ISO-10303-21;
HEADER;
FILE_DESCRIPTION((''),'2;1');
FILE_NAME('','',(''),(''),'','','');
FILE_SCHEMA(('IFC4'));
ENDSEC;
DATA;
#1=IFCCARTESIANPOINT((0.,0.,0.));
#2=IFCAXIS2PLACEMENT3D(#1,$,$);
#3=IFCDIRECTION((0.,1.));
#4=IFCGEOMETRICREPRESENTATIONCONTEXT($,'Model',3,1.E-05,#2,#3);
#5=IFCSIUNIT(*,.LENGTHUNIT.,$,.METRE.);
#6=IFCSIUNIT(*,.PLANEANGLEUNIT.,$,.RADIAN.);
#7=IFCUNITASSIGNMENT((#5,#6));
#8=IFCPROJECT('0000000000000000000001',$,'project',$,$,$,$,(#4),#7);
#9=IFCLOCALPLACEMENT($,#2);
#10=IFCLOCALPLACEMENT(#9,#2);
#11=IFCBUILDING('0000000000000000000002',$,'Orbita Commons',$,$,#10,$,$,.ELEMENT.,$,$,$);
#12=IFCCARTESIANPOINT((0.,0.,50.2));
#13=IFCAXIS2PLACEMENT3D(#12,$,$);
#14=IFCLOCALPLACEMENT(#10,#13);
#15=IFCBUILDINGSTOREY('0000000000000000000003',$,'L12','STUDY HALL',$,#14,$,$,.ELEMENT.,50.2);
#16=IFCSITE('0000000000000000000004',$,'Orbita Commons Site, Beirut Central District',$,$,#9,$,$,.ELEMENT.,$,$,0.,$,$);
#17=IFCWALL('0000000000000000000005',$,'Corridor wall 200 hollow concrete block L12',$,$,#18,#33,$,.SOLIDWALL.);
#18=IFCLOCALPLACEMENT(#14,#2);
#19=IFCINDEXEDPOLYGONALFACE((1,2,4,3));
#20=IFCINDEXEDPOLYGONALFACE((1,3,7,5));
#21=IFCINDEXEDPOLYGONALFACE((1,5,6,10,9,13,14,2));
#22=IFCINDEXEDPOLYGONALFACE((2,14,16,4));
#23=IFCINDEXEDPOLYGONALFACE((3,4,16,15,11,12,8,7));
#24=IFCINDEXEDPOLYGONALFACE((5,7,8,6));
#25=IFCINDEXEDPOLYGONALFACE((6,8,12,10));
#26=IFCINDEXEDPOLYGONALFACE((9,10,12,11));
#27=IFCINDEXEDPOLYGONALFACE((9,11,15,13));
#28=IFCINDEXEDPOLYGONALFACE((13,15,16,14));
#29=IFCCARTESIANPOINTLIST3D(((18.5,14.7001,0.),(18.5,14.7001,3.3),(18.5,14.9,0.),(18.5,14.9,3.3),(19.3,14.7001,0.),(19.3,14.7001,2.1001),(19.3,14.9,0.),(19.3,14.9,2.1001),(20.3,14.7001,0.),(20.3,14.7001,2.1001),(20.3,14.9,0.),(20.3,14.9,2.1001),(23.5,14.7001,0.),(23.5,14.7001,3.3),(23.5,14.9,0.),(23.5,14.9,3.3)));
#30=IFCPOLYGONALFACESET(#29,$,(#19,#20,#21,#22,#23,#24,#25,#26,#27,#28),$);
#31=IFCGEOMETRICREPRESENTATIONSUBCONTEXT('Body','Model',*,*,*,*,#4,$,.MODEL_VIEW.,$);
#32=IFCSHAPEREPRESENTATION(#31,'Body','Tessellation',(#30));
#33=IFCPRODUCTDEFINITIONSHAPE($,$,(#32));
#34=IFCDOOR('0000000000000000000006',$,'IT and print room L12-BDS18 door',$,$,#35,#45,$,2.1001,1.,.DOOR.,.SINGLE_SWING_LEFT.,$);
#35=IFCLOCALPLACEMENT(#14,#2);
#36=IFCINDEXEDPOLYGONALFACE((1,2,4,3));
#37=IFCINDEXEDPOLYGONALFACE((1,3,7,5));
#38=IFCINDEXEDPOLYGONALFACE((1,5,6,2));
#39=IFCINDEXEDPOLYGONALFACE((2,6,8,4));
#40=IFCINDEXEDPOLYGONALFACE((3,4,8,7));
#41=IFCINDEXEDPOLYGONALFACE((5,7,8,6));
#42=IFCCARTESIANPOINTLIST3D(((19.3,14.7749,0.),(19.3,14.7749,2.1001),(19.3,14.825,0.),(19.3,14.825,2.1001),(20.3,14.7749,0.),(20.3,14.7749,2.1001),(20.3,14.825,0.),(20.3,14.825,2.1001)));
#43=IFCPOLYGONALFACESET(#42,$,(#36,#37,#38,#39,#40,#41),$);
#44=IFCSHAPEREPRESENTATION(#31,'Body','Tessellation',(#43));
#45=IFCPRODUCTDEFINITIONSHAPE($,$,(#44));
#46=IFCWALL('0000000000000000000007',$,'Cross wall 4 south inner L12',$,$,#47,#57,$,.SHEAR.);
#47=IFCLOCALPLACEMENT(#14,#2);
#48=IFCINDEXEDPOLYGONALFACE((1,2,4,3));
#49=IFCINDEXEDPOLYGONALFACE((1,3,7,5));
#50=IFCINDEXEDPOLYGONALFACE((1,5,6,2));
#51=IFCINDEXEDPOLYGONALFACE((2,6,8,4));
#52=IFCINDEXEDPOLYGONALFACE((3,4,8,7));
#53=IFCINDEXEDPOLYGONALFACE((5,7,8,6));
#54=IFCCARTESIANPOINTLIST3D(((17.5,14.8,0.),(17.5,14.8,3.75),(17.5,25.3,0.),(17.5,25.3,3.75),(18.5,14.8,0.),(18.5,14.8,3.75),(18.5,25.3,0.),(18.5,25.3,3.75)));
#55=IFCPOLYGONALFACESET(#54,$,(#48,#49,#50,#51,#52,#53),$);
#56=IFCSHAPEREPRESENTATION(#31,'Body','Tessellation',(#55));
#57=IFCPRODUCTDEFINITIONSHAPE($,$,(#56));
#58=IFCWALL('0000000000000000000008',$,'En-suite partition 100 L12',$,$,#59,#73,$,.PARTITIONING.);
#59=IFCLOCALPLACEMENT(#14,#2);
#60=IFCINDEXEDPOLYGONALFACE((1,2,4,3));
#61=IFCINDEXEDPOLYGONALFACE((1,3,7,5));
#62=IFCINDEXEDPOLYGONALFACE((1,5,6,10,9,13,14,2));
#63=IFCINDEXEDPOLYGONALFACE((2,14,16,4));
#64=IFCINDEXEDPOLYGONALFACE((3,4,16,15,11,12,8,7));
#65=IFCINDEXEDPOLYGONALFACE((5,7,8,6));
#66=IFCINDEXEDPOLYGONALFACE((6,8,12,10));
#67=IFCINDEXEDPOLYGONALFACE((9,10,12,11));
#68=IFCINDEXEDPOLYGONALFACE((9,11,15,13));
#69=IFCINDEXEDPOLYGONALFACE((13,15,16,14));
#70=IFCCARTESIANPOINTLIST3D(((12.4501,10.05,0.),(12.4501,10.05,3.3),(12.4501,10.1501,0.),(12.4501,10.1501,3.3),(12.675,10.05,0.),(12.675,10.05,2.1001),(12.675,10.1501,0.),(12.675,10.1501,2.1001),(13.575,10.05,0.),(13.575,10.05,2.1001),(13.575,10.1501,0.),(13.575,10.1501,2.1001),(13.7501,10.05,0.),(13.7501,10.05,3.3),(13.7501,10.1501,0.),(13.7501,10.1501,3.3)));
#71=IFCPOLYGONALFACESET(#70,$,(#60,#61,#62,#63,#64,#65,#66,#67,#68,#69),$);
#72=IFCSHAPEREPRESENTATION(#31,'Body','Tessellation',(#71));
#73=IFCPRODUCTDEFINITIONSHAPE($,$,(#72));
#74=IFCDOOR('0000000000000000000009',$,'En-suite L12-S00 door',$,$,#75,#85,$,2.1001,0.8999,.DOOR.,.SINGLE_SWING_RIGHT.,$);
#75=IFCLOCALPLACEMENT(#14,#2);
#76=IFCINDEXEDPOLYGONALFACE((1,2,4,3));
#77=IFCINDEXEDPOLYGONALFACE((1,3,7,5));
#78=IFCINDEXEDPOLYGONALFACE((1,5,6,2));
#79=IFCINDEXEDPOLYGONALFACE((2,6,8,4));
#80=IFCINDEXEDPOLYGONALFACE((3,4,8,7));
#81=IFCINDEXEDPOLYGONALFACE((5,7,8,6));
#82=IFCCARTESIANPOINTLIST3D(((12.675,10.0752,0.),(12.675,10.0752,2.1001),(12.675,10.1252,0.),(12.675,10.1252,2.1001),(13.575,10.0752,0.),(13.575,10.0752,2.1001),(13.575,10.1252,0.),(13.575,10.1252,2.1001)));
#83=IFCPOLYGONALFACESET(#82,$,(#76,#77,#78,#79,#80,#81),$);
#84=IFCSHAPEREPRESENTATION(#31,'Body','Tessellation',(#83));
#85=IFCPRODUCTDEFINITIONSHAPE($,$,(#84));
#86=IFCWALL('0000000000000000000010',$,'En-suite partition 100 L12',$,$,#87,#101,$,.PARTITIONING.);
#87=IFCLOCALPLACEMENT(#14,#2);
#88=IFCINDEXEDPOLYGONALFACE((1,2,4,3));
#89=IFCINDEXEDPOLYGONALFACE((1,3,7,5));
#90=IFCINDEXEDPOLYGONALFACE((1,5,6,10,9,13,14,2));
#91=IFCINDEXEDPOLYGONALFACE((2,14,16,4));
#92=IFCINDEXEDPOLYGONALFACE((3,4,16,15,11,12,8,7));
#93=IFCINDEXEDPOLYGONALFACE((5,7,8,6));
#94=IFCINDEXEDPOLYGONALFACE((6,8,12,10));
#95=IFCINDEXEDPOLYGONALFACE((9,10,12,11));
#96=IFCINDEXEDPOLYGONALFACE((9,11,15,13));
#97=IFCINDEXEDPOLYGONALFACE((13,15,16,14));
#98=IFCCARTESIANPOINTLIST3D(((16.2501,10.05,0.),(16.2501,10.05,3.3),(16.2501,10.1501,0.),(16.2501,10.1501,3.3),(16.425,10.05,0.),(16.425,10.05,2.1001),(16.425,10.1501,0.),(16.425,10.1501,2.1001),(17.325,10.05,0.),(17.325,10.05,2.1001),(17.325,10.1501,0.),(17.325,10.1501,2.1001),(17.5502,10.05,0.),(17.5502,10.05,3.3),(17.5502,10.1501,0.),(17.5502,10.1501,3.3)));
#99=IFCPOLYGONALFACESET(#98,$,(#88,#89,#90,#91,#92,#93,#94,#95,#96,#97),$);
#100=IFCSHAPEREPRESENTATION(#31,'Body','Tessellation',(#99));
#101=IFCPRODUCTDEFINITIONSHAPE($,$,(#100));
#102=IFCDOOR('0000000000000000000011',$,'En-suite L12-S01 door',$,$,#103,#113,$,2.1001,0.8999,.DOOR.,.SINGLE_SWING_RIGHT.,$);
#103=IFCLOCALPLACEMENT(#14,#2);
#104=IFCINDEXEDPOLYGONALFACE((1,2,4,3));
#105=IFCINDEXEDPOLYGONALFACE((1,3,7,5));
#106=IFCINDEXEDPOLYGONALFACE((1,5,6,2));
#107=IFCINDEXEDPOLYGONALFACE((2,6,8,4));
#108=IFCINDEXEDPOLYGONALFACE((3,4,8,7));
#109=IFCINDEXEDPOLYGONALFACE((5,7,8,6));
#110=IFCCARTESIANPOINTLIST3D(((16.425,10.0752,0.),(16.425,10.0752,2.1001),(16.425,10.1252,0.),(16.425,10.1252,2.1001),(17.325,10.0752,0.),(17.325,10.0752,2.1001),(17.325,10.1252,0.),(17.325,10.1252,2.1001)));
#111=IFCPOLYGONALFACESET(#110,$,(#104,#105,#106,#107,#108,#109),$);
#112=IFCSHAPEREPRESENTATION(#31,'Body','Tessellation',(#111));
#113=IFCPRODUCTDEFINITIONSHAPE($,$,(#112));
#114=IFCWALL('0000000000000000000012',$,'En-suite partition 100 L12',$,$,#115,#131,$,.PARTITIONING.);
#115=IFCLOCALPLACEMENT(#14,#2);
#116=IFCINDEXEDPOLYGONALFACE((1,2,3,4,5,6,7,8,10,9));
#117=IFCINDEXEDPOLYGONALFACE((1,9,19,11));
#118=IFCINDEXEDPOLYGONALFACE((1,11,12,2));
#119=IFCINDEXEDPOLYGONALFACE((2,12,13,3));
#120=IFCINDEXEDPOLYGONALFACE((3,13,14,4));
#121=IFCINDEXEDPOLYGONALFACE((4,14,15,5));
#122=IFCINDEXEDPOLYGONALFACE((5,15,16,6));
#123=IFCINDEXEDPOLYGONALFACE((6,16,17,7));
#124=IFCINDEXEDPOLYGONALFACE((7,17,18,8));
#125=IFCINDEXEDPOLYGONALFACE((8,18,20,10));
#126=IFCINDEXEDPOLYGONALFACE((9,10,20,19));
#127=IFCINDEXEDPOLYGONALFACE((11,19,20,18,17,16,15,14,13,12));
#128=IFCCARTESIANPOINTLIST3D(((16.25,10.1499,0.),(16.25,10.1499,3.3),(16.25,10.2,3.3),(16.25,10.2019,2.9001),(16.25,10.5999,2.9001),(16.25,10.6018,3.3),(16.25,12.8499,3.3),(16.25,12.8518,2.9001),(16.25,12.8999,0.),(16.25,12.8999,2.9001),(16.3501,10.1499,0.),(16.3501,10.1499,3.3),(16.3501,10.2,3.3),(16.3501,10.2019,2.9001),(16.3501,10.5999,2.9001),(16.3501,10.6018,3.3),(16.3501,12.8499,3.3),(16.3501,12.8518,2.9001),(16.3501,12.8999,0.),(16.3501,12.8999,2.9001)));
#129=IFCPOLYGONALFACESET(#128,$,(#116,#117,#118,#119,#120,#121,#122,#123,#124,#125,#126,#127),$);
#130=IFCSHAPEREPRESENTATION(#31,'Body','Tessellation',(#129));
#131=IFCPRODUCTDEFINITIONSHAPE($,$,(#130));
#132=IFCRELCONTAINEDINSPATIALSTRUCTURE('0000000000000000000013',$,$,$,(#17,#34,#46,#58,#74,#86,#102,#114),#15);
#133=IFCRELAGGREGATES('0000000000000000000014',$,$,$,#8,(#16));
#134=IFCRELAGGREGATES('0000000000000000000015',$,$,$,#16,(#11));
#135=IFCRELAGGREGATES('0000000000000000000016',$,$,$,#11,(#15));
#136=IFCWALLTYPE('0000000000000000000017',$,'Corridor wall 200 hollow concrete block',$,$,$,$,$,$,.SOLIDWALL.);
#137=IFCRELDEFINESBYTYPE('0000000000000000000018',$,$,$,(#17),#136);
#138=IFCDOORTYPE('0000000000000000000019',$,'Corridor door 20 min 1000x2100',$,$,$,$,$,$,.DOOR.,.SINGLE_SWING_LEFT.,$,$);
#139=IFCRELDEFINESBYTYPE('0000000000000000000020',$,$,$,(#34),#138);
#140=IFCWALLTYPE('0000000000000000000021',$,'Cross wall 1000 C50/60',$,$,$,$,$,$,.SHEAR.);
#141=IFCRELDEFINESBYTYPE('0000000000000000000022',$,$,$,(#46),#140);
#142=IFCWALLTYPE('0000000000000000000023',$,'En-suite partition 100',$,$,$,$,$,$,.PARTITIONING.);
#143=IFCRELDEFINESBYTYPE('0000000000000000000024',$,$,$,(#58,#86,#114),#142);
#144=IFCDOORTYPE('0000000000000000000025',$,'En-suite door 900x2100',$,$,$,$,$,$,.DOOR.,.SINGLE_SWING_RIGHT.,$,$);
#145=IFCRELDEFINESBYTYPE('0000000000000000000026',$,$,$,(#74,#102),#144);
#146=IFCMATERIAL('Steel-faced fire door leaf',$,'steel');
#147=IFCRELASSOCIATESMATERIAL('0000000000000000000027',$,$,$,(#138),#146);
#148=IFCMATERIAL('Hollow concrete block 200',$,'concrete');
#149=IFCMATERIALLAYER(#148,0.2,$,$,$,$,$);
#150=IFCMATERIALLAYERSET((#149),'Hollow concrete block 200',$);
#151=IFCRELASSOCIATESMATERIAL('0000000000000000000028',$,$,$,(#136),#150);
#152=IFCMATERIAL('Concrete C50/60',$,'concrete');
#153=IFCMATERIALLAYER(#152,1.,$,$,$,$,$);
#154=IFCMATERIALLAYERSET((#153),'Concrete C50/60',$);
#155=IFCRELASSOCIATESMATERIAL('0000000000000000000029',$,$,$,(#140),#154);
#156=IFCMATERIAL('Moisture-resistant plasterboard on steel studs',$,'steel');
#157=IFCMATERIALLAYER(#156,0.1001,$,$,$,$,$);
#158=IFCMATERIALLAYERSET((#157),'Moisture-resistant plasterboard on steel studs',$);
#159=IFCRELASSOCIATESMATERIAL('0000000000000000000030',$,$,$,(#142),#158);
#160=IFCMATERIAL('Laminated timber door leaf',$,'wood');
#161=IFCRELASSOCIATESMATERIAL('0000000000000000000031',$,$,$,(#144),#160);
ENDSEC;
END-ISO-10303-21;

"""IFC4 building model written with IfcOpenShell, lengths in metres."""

from ifc_helpers import new_model, si_unit, direction, frame, frame_2d, origin, place, context, subcontext, project, spatial, polyline, rectangle, outline, extrude, material, layer, layer_set, type_object, element, fill, save


model = new_model("IFC4")

# Units and contexts
model_context = context("Model", 3, precision=1e-05, world=origin(), true_north=direction((0.0, 1.0)))
body_context = subcontext(model_context, "Body", "Model", "MODEL_VIEW")
ifc_project = project(units=[si_unit("LENGTHUNIT", "METRE"), si_unit("PLANEANGLEUNIT", "RADIAN")], contexts=[model_context])

# Site, building, storey
site_placement = place(None, origin())
site = spatial("IfcSite", under=ifc_project, at=site_placement, Name="Orbita Commons Site, Beirut Central District", CompositionType="ELEMENT", RefElevation=0.0)
building_placement = place(site_placement, origin())
building = spatial("IfcBuilding", under=site, at=building_placement, Name="Orbita Commons", CompositionType="ELEMENT")
storey_placement = place(building_placement, frame((0.0, 0.0, 50.2)))
storey = spatial("IfcBuildingStorey", under=building, at=storey_placement, Name="L12", Description="STUDY HALL", CompositionType="ELEMENT", Elevation=50.2)

# Wall, opening, door
ifc_material_1 = material(Name="Steel-faced fire door leaf", Category="steel")
door_type_1 = type_object("IfcDoorType", Name="Corridor door 20 min 1000x2100", OperationType="SINGLE_SWING_LEFT", PredefinedType="DOOR", material=ifc_material_1)
ifc_material_2 = material(Name="Hollow concrete block 200", Category="concrete")
ifc_layer_1 = layer(ifc_material_2, 0.2)
ifc_layer_set_1 = layer_set([ifc_layer_1], Name="Hollow concrete block 200")
wall_type_1 = type_object("IfcWallType", Name="Corridor wall 200 hollow concrete block", PredefinedType="SOLIDWALL", material=ifc_layer_set_1)
wall_1_placement = place(storey_placement, frame((18.5, 14.8, 0.0), z_axis=(0.0, 0.0, 1.0), x_axis=(1.0, 0.0, 0.0)))
wall_1 = element("IfcWall", 1, at=wall_1_placement, inside=storey, type_object=wall_type_1, Name="Corridor wall 200 hollow concrete block L12", PredefinedType="SOLIDWALL", context=body_context, shape_type="SweptSolid", body=[
    extrude(rectangle(XDim=5.0, YDim=0.2, at=frame_2d((2.5, 0.0))), origin(), (0.0, 0.0, 1.0), 3.3),
])
opening_1_placement = place(wall_1_placement, frame((0.8, 0.0, 0.0)))
opening_1 = element("IfcOpeningElement", 2, at=opening_1_placement, cuts=wall_1, PredefinedType="OPENING", context=body_context, shape_type="SweptSolid", body=[
    extrude(rectangle(XDim=1.0, YDim=2.1001, at=frame_2d((0.5, 1.05))), frame((0.0, 0.1099, 0.0), z_axis=(0.0, -1.0, 0.0), x_axis=(1.0, 0.0, 0.0)), (0.0, 0.0, 1.0), 0.22),
])
door_1_placement = place(opening_1_placement, origin())
door_1 = element("IfcDoor", 3, at=door_1_placement, inside=storey, type_object=door_type_1, Name="IT and print room L12-BDS18 door", OperationType="SINGLE_SWING_LEFT", OverallHeight=2.1001, OverallWidth=1.0, PredefinedType="DOOR", context=body_context, shape_type="SweptSolid", body=[
    extrude(rectangle(XDim=1.0, YDim=2.1001, at=frame_2d((0.5, 1.05))), frame((0.0, 0.0249, 0.0), z_axis=(0.0, -1.0, 0.0), x_axis=(1.0, 0.0, 0.0)), (0.0, 0.0, 1.0), 0.05),
])
fill(opening_1, door_1)

# Wall
ifc_material_3 = material(Name="Concrete C50/60", Category="concrete")
ifc_layer_2 = layer(ifc_material_3, 1.0)
ifc_layer_set_2 = layer_set([ifc_layer_2], Name="Concrete C50/60")
wall_type_2 = type_object("IfcWallType", Name="Cross wall 1000 C50/60", PredefinedType="SHEAR", material=ifc_layer_set_2)
wall_2_placement = place(storey_placement, frame((18.0, 14.8, 0.0), z_axis=(0.0, 0.0, 1.0), x_axis=(0.0, 1.0, 0.0)))
element("IfcWall", 4, at=wall_2_placement, inside=storey, type_object=wall_type_2, Name="Cross wall 4 south inner L12", PredefinedType="SHEAR", context=body_context, shape_type="SweptSolid", body=[
    extrude(rectangle(XDim=10.5, YDim=1.0, at=frame_2d((5.25, 0.0))), origin(), (0.0, 0.0, 1.0), 3.75),
])

# Walls, openings, doors
ifc_material_4 = material(Name="Moisture-resistant plasterboard on steel studs", Category="steel")
ifc_layer_3 = layer(ifc_material_4, 0.1001)
ifc_layer_set_3 = layer_set([ifc_layer_3], Name="Moisture-resistant plasterboard on steel studs")
wall_type_3 = type_object("IfcWallType", Name="En-suite partition 100", PredefinedType="PARTITIONING", material=ifc_layer_set_3)
wall_3_placement = place(storey_placement, frame((13.75, 10.1001, 0.0), z_axis=(0.0, 0.0, 1.0), x_axis=(-1.0, 0.0, 0.0)))
wall_3 = element("IfcWall", 5, at=wall_3_placement, inside=storey, type_object=wall_type_3, Name="En-suite partition 100 L12", PredefinedType="PARTITIONING", context=body_context, shape_type="SweptSolid", body=[
    extrude(rectangle(XDim=1.3, YDim=0.1001, at=frame_2d((0.6499, 0.0))), origin(), (0.0, 0.0, 1.0), 3.3),
])
opening_2_placement = place(wall_3_placement, frame((0.175, 0.0, 0.0)))
opening_2 = element("IfcOpeningElement", 6, at=opening_2_placement, cuts=wall_3, PredefinedType="OPENING", context=body_context, shape_type="SweptSolid", body=[
    extrude(rectangle(XDim=0.8999, YDim=2.1001, at=frame_2d((0.45, 1.05))), frame((0.0, 0.0601, 0.0), z_axis=(0.0, -1.0, 0.0), x_axis=(1.0, 0.0, 0.0)), (0.0, 0.0, 1.0), 0.1201),
])
ifc_material_5 = material(Name="Laminated timber door leaf", Category="wood")
door_type_2 = type_object("IfcDoorType", Name="En-suite door 900x2100", OperationType="SINGLE_SWING_RIGHT", PredefinedType="DOOR", material=ifc_material_5)
door_2_placement = place(opening_2_placement, origin())
door_2 = element("IfcDoor", 7, at=door_2_placement, inside=storey, type_object=door_type_2, Name="En-suite L12-S00 door", OperationType="SINGLE_SWING_RIGHT", OverallHeight=2.1001, OverallWidth=0.8999, PredefinedType="DOOR", context=body_context, shape_type="SweptSolid", body=[
    extrude(rectangle(XDim=0.8999, YDim=2.1001, at=frame_2d((0.45, 1.05))), frame((0.0, 0.0249, 0.0), z_axis=(0.0, -1.0, 0.0), x_axis=(1.0, 0.0, 0.0)), (0.0, 0.0, 1.0), 0.05),
])
fill(opening_2, door_2)
wall_4_placement = place(storey_placement, frame((17.55, 10.1001, 0.0), z_axis=(0.0, 0.0, 1.0), x_axis=(-1.0, 0.0, 0.0)))
wall_4 = element("IfcWall", 8, at=wall_4_placement, inside=storey, type_object=wall_type_3, Name="En-suite partition 100 L12", PredefinedType="PARTITIONING", context=body_context, shape_type="SweptSolid", body=[
    extrude(rectangle(XDim=1.3, YDim=0.1001, at=frame_2d((0.6499, 0.0))), origin(), (0.0, 0.0, 1.0), 3.3),
])
opening_3_placement = place(wall_4_placement, frame((0.2251, 0.0, 0.0)))
opening_3 = element("IfcOpeningElement", 9, at=opening_3_placement, cuts=wall_4, PredefinedType="OPENING", context=body_context, shape_type="SweptSolid", body=[
    extrude(rectangle(XDim=0.8999, YDim=2.1001, at=frame_2d((0.45, 1.05))), frame((0.0, 0.0601, 0.0), z_axis=(0.0, -1.0, 0.0), x_axis=(1.0, 0.0, 0.0)), (0.0, 0.0, 1.0), 0.1201),
])
door_3_placement = place(opening_3_placement, origin())
door_3 = element("IfcDoor", 10, at=door_3_placement, inside=storey, type_object=door_type_2, Name="En-suite L12-S01 door", OperationType="SINGLE_SWING_RIGHT", OverallHeight=2.1001, OverallWidth=0.8999, PredefinedType="DOOR", context=body_context, shape_type="SweptSolid", body=[
    extrude(rectangle(XDim=0.8999, YDim=2.1001, at=frame_2d((0.45, 1.05))), frame((0.0, 0.0249, 0.0), z_axis=(0.0, -1.0, 0.0), x_axis=(1.0, 0.0, 0.0)), (0.0, 0.0, 1.0), 0.05),
])
fill(opening_3, door_3)

# Wall
wall_5_placement = place(storey_placement, frame((16.3, 10.1499, 0.0), z_axis=(0.0, 0.0, 1.0), x_axis=(0.0, 1.0, 0.0)))
element("IfcWall", 11, at=wall_5_placement, inside=storey, type_object=wall_type_3, Name="En-suite partition 100 L12", PredefinedType="PARTITIONING", context=body_context, shape_type="SweptSolid", body=[
    extrude(outline(polyline([(0.0, 0.0), (2.75, 0.0), (2.75, 2.9001), (2.7019, 2.9001), (2.7, 3.3), (0.4519, 3.3), (0.45, 2.9001), (0.052, 2.9001), (0.05, 3.3), (0.0, 3.3), (0.0, 0.0)])), frame((0.0, 0.05, 0.0), z_axis=(0.0, -1.0, 0.0), x_axis=(1.0, 0.0, 0.0)), (0.0, 0.0, 1.0), 0.1001),
])

save(model, "model.ifc")
